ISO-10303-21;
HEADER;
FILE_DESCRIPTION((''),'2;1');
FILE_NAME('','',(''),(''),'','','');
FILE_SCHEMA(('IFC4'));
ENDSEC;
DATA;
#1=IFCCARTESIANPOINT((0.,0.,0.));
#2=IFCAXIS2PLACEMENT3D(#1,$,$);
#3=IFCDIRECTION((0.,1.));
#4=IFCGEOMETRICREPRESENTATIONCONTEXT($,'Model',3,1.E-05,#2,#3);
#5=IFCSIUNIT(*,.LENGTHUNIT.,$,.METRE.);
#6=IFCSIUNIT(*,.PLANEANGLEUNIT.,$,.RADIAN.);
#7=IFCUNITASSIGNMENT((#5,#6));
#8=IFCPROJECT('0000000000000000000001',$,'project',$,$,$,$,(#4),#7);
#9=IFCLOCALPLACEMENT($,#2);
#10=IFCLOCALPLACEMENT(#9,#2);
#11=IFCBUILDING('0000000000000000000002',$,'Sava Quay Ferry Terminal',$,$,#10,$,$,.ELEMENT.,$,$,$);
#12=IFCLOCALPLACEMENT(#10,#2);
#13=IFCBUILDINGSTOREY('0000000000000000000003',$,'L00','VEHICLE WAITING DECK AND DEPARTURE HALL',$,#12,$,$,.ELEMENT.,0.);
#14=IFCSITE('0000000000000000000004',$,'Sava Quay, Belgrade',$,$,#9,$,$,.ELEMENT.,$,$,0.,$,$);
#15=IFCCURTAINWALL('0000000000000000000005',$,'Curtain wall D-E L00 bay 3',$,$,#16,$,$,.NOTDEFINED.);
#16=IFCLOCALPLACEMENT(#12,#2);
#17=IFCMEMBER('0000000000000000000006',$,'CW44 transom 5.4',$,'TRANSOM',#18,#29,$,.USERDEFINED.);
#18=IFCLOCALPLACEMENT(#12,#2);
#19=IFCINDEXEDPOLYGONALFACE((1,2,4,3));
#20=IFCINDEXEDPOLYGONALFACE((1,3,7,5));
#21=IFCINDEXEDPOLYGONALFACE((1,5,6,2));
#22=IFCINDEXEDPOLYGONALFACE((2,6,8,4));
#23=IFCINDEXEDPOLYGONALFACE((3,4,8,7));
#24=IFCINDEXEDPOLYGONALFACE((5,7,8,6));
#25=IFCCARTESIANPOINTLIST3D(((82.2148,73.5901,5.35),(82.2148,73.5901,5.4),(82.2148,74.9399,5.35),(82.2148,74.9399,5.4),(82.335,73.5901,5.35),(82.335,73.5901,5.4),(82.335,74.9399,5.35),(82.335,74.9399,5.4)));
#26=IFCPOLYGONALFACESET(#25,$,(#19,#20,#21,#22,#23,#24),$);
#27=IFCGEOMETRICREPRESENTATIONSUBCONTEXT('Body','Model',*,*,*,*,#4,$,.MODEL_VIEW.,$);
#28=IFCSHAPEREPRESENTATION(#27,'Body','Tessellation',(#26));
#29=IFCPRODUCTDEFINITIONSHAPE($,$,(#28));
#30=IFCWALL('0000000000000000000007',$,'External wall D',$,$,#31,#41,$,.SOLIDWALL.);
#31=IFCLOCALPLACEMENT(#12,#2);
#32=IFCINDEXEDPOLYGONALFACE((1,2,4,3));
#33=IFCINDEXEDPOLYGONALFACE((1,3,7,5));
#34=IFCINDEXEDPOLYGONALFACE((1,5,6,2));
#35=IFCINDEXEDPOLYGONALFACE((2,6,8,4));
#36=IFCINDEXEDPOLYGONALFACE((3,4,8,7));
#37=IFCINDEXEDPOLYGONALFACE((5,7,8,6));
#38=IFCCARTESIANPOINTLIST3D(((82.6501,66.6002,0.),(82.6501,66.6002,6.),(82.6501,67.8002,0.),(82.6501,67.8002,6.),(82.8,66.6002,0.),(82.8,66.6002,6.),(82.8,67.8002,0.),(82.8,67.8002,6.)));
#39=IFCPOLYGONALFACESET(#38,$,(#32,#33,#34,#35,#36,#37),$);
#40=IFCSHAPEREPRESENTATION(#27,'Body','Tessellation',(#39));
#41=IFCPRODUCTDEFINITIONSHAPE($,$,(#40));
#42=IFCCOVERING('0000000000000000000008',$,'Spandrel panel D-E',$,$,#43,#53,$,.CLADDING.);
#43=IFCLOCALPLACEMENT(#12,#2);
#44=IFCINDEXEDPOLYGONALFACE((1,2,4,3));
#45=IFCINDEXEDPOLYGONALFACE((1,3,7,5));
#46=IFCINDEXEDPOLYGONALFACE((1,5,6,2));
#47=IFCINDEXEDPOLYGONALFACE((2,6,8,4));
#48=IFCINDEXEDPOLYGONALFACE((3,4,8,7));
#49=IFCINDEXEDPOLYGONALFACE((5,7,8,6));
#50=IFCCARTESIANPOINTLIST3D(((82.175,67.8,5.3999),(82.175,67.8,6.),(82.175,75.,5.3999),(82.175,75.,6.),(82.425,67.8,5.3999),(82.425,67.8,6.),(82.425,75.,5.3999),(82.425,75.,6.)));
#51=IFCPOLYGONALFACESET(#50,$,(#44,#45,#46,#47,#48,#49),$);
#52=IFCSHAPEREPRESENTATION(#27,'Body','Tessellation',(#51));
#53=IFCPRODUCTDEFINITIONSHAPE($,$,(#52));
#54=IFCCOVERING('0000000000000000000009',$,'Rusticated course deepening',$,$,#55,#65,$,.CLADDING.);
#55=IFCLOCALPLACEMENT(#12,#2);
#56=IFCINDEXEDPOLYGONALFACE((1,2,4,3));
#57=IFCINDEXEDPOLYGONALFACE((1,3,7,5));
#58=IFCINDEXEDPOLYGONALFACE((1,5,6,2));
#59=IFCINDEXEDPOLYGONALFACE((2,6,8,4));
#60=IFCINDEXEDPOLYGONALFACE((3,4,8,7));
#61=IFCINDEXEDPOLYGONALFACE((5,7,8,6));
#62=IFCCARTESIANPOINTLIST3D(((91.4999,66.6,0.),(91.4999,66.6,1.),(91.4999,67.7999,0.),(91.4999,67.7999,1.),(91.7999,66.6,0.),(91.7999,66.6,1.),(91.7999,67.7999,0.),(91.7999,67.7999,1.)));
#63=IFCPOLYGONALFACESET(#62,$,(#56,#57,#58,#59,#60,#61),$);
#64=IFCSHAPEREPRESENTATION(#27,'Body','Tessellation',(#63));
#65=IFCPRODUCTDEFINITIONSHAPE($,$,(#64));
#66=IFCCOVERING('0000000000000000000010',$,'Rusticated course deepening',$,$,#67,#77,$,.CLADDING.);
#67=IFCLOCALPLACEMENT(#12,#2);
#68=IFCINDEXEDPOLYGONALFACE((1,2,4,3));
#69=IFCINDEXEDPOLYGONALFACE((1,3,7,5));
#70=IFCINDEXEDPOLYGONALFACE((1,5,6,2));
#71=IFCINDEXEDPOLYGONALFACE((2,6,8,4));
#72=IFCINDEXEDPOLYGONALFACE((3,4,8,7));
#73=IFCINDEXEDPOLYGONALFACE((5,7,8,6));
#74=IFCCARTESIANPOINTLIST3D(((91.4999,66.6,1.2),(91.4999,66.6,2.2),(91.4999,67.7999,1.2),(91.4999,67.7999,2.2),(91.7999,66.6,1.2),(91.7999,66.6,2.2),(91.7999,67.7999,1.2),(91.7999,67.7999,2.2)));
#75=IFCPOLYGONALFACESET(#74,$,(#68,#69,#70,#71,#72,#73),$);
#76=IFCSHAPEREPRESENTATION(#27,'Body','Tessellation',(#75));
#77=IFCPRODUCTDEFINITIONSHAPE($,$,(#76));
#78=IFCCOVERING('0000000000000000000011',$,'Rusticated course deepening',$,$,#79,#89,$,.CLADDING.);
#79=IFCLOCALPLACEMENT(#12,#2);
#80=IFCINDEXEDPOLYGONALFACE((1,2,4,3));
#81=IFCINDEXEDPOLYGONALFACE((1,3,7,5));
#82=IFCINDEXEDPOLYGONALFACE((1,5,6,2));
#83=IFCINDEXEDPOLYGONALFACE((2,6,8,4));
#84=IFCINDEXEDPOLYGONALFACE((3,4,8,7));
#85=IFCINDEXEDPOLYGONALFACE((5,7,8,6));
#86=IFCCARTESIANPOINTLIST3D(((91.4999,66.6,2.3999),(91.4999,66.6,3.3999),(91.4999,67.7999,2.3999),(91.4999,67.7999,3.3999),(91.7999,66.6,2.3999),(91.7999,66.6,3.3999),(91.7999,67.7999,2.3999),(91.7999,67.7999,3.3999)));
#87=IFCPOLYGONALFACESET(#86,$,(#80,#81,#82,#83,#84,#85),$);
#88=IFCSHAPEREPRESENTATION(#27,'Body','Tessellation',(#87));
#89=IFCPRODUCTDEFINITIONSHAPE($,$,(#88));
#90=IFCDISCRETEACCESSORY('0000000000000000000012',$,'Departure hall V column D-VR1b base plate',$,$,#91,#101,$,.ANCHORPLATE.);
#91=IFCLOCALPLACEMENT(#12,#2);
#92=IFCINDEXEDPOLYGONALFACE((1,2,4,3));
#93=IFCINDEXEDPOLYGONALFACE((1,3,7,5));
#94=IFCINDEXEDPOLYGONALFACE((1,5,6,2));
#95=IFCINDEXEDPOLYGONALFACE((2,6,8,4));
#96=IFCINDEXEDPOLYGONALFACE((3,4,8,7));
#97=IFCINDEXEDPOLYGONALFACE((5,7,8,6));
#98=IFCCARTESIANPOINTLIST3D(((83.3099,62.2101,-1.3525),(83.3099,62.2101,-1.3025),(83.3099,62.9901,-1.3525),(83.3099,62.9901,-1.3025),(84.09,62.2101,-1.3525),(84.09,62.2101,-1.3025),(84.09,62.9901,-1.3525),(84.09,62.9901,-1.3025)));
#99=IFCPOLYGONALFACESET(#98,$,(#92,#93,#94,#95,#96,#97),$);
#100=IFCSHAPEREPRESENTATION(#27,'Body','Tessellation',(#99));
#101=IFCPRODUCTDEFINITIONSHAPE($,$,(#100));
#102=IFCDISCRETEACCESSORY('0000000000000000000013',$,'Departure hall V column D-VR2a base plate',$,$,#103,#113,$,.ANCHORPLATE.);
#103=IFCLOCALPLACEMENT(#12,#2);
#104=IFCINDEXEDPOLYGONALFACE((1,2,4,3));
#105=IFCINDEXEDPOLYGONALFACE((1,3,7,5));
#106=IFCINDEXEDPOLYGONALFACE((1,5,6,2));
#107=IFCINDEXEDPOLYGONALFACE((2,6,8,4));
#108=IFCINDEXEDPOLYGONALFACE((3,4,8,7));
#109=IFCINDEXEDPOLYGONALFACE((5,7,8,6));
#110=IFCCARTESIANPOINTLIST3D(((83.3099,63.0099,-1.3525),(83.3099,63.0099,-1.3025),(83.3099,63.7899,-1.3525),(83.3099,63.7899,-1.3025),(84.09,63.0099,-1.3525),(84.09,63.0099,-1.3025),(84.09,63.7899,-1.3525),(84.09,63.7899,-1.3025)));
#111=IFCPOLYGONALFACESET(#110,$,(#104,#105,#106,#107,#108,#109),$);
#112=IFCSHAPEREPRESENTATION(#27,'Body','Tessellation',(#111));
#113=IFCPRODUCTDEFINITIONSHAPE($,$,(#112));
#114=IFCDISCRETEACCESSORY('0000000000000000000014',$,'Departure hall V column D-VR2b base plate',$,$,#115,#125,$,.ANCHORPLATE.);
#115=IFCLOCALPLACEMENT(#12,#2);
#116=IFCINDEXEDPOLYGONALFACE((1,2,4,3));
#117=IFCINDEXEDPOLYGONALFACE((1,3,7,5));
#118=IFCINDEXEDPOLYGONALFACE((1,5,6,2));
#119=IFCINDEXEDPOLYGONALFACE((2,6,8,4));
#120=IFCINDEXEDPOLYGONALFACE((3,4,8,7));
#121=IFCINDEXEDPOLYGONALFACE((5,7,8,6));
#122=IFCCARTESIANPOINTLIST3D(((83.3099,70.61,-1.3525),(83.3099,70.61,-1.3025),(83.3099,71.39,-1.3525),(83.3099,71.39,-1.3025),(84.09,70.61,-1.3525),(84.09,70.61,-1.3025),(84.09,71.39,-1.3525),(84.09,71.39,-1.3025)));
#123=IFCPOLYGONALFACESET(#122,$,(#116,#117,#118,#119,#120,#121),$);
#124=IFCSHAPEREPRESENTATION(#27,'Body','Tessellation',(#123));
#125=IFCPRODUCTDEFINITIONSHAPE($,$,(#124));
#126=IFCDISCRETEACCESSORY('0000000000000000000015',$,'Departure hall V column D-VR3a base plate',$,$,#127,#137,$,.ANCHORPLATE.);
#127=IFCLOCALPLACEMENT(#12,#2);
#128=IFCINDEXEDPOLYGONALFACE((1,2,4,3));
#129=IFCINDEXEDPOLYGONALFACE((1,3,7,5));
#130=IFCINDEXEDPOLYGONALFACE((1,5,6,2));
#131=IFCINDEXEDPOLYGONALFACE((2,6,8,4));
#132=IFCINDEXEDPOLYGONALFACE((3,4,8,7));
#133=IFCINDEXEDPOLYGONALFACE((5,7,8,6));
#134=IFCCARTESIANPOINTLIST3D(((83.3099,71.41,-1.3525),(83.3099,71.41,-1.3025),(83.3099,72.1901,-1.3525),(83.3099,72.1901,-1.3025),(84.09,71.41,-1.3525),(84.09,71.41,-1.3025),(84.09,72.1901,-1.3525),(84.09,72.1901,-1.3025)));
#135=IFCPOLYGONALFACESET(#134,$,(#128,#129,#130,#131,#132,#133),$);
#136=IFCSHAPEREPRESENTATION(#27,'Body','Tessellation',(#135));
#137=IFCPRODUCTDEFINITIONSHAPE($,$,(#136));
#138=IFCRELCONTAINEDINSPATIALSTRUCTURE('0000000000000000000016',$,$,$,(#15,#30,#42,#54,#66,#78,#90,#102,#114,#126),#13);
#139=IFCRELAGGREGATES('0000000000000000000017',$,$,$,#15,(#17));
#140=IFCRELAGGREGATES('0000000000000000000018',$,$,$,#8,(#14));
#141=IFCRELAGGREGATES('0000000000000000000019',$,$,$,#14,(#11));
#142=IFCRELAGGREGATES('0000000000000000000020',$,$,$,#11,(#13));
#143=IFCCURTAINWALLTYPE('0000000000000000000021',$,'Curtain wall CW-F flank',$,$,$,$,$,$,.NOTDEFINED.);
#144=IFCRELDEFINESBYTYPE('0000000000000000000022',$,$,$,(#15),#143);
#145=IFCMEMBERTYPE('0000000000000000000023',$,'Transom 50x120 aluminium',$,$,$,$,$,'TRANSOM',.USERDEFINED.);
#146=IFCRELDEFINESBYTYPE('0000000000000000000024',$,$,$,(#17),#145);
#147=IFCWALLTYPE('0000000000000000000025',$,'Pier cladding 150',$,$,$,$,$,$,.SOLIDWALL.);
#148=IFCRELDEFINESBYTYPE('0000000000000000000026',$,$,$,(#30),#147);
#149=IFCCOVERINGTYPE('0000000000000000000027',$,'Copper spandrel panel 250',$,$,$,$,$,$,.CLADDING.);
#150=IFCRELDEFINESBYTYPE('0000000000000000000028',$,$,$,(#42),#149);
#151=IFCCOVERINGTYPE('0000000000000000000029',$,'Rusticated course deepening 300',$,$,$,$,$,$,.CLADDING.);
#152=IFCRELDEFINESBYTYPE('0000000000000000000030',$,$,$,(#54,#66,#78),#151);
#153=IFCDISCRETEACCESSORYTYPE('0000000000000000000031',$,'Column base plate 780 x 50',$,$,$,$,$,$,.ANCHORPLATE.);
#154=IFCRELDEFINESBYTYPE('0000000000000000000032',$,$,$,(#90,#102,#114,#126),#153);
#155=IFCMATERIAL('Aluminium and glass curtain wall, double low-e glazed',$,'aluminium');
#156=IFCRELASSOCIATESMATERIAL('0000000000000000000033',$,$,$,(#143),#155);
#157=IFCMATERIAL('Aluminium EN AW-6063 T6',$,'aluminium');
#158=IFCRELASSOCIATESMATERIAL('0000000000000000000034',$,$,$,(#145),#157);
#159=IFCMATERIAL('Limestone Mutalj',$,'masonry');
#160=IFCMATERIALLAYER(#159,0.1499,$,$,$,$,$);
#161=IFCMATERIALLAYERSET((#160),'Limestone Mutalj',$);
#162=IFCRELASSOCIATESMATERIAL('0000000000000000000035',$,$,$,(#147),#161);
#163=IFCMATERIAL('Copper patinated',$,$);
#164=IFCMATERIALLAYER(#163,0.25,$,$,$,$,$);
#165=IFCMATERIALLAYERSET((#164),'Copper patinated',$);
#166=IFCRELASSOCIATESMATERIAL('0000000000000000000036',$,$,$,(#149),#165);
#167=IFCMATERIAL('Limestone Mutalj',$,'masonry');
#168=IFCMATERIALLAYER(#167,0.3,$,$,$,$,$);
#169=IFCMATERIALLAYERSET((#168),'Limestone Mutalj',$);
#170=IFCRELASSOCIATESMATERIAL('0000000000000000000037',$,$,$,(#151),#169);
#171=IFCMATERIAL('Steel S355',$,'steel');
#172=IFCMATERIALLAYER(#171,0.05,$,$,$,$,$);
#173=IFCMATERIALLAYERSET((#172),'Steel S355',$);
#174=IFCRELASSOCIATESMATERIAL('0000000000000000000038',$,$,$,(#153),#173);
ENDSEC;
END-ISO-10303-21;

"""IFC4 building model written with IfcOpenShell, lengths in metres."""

from ifc_helpers import new_model, si_unit, direction, frame, frame_2d, origin, origin_2d, place, context, subcontext, project, spatial, polyline, rectangle, outline, extrude, material, layer, layer_set, material_profile, profile_set, type_object, element, aggregate, save


model = new_model("IFC4")

# Units and contexts
model_context = context("Model", 3, precision=1e-05, world=origin(), true_north=direction((0.0, 1.0)))
body_context = subcontext(model_context, "Body", "Model", "MODEL_VIEW")
ifc_project = project(units=[si_unit("LENGTHUNIT", "METRE"), si_unit("PLANEANGLEUNIT", "RADIAN")], contexts=[model_context])

# Site, building, storey
site_placement = place(None, origin())
site = spatial("IfcSite", under=ifc_project, at=site_placement, Name="Sava Quay, Belgrade", CompositionType="ELEMENT", RefElevation=0.0)
building_placement = place(site_placement, origin())
building = spatial("IfcBuilding", under=site, at=building_placement, Name="Sava Quay Ferry Terminal", CompositionType="ELEMENT")
storey_placement = place(building_placement, origin())
storey = spatial("IfcBuildingStorey", under=building, at=storey_placement, Name="L00", Description="VEHICLE WAITING DECK AND DEPARTURE HALL", CompositionType="ELEMENT", Elevation=0.0)

# Curtain wall
ifc_material_1 = material(Name="Aluminium and glass curtain wall, double low-e glazed", Category="aluminium")
curtain_wall_type = type_object("IfcCurtainWallType", Name="Curtain wall CW-F flank", PredefinedType="NOTDEFINED", material=ifc_material_1)
curtain_wall_placement = place(storey_placement, origin())
curtain_wall = element("IfcCurtainWall", 1, at=curtain_wall_placement, inside=storey, type_object=curtain_wall_type, Name="Curtain wall D-E L00 bay 3", PredefinedType="NOTDEFINED")

# Member
ifc_material_2 = material(Name="Aluminium EN AW-6063 T6", Category="aluminium")
ifc_material_profile_1 = material_profile(ifc_material_2, rectangle(XDim=0.1201, YDim=0.05, at=origin_2d()), Name="Transom 50x120 aluminium")
ifc_profile_set_1 = profile_set([ifc_material_profile_1], Name="Aluminium EN AW-6063 T6")
member_type_1 = type_object("IfcMemberType", Name="Transom 50x120 aluminium", ElementType="TRANSOM", PredefinedType="USERDEFINED", material=ifc_profile_set_1)
member_1_placement = place(storey_placement, frame((82.2749, 73.5901, 5.375), z_axis=(0.0, 1.0, 0.0), x_axis=(-1.0, 0.0, 0.0)))
member_1 = element("IfcMember", 2, at=member_1_placement, type_object=member_type_1, Name="CW44 transom 5.4", ObjectType="TRANSOM", PredefinedType="USERDEFINED", context=body_context, shape_type="SweptSolid", body=[
    extrude(rectangle(XDim=0.1201, YDim=0.05, at=origin_2d()), origin(), (0.0, 0.0, 1.0), 1.3499),
])
aggregate(curtain_wall, [member_1])

# Wall
ifc_material_3 = material(Name="Limestone Mutalj", Category="masonry")
ifc_layer_1 = layer(ifc_material_3, 0.1499)
ifc_layer_set_1 = layer_set([ifc_layer_1], Name="Limestone Mutalj")
wall_type = type_object("IfcWallType", Name="Pier cladding 150", PredefinedType="SOLIDWALL", material=ifc_layer_set_1)
wall_placement = place(storey_placement, frame((82.7251, 66.6001, 0.0), z_axis=(0.0, 0.0, 1.0), x_axis=(0.0, 1.0, 0.0)))
element("IfcWall", 3, at=wall_placement, inside=storey, type_object=wall_type, Name="External wall D", PredefinedType="SOLIDWALL", context=body_context, shape_type="SweptSolid", body=[
    extrude(rectangle(XDim=1.2, YDim=0.1499, at=frame_2d((0.6001, 0.0))), origin(), (0.0, 0.0, 1.0), 6.0),
])

# Coverings
ifc_material_4 = material(Name="Copper patinated")
ifc_layer_2 = layer(ifc_material_4, 0.25)
ifc_layer_set_2 = layer_set([ifc_layer_2], Name="Copper patinated")
covering_type_1 = type_object("IfcCoveringType", Name="Copper spandrel panel 250", PredefinedType="CLADDING", material=ifc_layer_set_2)
covering_placement = place(storey_placement, frame((82.3, 67.8, 5.3999), z_axis=(0.0, 0.0, 1.0), x_axis=(0.0, 1.0, 0.0)))
element("IfcCovering", 4, at=covering_placement, inside=storey, type_object=covering_type_1, Name="Spandrel panel D-E", PredefinedType="CLADDING", context=body_context, shape_type="SweptSolid", body=[
    extrude(outline(polyline([(0.0, 0.0), (7.2, 0.0), (7.2, 0.6001), (0.0, 0.6001), (0.0, 0.0)])), frame((0.0, 0.125, 0.0), z_axis=(0.0, -1.0, 0.0), x_axis=(1.0, 0.0, 0.0)), (0.0, 0.0, 1.0), 0.25),
])
ifc_material_5 = material(Name="Limestone Mutalj", Category="masonry")
ifc_layer_3 = layer(ifc_material_5, 0.3)
ifc_layer_set_3 = layer_set([ifc_layer_3], Name="Limestone Mutalj")
covering_type_2 = type_object("IfcCoveringType", Name="Rusticated course deepening 300", PredefinedType="CLADDING", material=ifc_layer_set_3)
for number, where, z_axis, x_axis, name in (
    (5, (91.6499, 67.2, 0.0), (0.0, 0.0, 1.0), (1.0, 0.0, 0.0), "Rusticated course deepening"),
    (6, (91.6499, 67.2, 1.2), (0.0, 0.0, 1.0), (1.0, 0.0, 0.0), "Rusticated course deepening"),
    (7, (91.6499, 67.2, 2.3999), (0.0, 0.0, 1.0), (1.0, 0.0, 0.0), "Rusticated course deepening"),
):
    element("IfcCovering", number, at=place(storey_placement, frame(where, z_axis=z_axis, x_axis=x_axis)), inside=storey, type_object=covering_type_2, Name=name, PredefinedType="CLADDING", context=body_context, shape_type="SweptSolid", body=[
        extrude(rectangle(XDim=0.3, YDim=1.2, at=origin_2d()), origin(), (0.0, 0.0, 1.0), 1.0),
    ])

# Discrete accessories
ifc_material_6 = material(Name="Steel S355", Category="steel")
ifc_layer_4 = layer(ifc_material_6, 0.05)
ifc_layer_set_4 = layer_set([ifc_layer_4], Name="Steel S355")
discrete_accessory_type = type_object("IfcDiscreteAccessoryType", Name="Column base plate 780 x 50", PredefinedType="ANCHORPLATE", material=ifc_layer_set_4)
for number, where, z_axis, x_axis, name in (
    (8, (83.7, 62.6001, -1.3525), (0.0, 0.0, 1.0), (1.0, 0.0, 0.0), "Departure hall V column D-VR1b base plate"),
    (9, (83.7, 63.3999, -1.3525), (0.0, 0.0, 1.0), (1.0, 0.0, 0.0), "Departure hall V column D-VR2a base plate"),
    (10, (83.7, 71.0, -1.3525), (0.0, 0.0, 1.0), (1.0, 0.0, 0.0), "Departure hall V column D-VR2b base plate"),
    (11, (83.7, 71.8, -1.3525), (0.0, 0.0, 1.0), (1.0, 0.0, 0.0), "Departure hall V column D-VR3a base plate"),
):
    element("IfcDiscreteAccessory", number, at=place(storey_placement, frame(where, z_axis=z_axis, x_axis=x_axis)), inside=storey, type_object=discrete_accessory_type, Name=name, PredefinedType="ANCHORPLATE", context=body_context, shape_type="SweptSolid", body=[
        extrude(rectangle(XDim=0.78, YDim=0.78, at=origin_2d()), origin(), (0.0, 0.0, 1.0), 0.05),
    ])

save(model, "model.ifc")
